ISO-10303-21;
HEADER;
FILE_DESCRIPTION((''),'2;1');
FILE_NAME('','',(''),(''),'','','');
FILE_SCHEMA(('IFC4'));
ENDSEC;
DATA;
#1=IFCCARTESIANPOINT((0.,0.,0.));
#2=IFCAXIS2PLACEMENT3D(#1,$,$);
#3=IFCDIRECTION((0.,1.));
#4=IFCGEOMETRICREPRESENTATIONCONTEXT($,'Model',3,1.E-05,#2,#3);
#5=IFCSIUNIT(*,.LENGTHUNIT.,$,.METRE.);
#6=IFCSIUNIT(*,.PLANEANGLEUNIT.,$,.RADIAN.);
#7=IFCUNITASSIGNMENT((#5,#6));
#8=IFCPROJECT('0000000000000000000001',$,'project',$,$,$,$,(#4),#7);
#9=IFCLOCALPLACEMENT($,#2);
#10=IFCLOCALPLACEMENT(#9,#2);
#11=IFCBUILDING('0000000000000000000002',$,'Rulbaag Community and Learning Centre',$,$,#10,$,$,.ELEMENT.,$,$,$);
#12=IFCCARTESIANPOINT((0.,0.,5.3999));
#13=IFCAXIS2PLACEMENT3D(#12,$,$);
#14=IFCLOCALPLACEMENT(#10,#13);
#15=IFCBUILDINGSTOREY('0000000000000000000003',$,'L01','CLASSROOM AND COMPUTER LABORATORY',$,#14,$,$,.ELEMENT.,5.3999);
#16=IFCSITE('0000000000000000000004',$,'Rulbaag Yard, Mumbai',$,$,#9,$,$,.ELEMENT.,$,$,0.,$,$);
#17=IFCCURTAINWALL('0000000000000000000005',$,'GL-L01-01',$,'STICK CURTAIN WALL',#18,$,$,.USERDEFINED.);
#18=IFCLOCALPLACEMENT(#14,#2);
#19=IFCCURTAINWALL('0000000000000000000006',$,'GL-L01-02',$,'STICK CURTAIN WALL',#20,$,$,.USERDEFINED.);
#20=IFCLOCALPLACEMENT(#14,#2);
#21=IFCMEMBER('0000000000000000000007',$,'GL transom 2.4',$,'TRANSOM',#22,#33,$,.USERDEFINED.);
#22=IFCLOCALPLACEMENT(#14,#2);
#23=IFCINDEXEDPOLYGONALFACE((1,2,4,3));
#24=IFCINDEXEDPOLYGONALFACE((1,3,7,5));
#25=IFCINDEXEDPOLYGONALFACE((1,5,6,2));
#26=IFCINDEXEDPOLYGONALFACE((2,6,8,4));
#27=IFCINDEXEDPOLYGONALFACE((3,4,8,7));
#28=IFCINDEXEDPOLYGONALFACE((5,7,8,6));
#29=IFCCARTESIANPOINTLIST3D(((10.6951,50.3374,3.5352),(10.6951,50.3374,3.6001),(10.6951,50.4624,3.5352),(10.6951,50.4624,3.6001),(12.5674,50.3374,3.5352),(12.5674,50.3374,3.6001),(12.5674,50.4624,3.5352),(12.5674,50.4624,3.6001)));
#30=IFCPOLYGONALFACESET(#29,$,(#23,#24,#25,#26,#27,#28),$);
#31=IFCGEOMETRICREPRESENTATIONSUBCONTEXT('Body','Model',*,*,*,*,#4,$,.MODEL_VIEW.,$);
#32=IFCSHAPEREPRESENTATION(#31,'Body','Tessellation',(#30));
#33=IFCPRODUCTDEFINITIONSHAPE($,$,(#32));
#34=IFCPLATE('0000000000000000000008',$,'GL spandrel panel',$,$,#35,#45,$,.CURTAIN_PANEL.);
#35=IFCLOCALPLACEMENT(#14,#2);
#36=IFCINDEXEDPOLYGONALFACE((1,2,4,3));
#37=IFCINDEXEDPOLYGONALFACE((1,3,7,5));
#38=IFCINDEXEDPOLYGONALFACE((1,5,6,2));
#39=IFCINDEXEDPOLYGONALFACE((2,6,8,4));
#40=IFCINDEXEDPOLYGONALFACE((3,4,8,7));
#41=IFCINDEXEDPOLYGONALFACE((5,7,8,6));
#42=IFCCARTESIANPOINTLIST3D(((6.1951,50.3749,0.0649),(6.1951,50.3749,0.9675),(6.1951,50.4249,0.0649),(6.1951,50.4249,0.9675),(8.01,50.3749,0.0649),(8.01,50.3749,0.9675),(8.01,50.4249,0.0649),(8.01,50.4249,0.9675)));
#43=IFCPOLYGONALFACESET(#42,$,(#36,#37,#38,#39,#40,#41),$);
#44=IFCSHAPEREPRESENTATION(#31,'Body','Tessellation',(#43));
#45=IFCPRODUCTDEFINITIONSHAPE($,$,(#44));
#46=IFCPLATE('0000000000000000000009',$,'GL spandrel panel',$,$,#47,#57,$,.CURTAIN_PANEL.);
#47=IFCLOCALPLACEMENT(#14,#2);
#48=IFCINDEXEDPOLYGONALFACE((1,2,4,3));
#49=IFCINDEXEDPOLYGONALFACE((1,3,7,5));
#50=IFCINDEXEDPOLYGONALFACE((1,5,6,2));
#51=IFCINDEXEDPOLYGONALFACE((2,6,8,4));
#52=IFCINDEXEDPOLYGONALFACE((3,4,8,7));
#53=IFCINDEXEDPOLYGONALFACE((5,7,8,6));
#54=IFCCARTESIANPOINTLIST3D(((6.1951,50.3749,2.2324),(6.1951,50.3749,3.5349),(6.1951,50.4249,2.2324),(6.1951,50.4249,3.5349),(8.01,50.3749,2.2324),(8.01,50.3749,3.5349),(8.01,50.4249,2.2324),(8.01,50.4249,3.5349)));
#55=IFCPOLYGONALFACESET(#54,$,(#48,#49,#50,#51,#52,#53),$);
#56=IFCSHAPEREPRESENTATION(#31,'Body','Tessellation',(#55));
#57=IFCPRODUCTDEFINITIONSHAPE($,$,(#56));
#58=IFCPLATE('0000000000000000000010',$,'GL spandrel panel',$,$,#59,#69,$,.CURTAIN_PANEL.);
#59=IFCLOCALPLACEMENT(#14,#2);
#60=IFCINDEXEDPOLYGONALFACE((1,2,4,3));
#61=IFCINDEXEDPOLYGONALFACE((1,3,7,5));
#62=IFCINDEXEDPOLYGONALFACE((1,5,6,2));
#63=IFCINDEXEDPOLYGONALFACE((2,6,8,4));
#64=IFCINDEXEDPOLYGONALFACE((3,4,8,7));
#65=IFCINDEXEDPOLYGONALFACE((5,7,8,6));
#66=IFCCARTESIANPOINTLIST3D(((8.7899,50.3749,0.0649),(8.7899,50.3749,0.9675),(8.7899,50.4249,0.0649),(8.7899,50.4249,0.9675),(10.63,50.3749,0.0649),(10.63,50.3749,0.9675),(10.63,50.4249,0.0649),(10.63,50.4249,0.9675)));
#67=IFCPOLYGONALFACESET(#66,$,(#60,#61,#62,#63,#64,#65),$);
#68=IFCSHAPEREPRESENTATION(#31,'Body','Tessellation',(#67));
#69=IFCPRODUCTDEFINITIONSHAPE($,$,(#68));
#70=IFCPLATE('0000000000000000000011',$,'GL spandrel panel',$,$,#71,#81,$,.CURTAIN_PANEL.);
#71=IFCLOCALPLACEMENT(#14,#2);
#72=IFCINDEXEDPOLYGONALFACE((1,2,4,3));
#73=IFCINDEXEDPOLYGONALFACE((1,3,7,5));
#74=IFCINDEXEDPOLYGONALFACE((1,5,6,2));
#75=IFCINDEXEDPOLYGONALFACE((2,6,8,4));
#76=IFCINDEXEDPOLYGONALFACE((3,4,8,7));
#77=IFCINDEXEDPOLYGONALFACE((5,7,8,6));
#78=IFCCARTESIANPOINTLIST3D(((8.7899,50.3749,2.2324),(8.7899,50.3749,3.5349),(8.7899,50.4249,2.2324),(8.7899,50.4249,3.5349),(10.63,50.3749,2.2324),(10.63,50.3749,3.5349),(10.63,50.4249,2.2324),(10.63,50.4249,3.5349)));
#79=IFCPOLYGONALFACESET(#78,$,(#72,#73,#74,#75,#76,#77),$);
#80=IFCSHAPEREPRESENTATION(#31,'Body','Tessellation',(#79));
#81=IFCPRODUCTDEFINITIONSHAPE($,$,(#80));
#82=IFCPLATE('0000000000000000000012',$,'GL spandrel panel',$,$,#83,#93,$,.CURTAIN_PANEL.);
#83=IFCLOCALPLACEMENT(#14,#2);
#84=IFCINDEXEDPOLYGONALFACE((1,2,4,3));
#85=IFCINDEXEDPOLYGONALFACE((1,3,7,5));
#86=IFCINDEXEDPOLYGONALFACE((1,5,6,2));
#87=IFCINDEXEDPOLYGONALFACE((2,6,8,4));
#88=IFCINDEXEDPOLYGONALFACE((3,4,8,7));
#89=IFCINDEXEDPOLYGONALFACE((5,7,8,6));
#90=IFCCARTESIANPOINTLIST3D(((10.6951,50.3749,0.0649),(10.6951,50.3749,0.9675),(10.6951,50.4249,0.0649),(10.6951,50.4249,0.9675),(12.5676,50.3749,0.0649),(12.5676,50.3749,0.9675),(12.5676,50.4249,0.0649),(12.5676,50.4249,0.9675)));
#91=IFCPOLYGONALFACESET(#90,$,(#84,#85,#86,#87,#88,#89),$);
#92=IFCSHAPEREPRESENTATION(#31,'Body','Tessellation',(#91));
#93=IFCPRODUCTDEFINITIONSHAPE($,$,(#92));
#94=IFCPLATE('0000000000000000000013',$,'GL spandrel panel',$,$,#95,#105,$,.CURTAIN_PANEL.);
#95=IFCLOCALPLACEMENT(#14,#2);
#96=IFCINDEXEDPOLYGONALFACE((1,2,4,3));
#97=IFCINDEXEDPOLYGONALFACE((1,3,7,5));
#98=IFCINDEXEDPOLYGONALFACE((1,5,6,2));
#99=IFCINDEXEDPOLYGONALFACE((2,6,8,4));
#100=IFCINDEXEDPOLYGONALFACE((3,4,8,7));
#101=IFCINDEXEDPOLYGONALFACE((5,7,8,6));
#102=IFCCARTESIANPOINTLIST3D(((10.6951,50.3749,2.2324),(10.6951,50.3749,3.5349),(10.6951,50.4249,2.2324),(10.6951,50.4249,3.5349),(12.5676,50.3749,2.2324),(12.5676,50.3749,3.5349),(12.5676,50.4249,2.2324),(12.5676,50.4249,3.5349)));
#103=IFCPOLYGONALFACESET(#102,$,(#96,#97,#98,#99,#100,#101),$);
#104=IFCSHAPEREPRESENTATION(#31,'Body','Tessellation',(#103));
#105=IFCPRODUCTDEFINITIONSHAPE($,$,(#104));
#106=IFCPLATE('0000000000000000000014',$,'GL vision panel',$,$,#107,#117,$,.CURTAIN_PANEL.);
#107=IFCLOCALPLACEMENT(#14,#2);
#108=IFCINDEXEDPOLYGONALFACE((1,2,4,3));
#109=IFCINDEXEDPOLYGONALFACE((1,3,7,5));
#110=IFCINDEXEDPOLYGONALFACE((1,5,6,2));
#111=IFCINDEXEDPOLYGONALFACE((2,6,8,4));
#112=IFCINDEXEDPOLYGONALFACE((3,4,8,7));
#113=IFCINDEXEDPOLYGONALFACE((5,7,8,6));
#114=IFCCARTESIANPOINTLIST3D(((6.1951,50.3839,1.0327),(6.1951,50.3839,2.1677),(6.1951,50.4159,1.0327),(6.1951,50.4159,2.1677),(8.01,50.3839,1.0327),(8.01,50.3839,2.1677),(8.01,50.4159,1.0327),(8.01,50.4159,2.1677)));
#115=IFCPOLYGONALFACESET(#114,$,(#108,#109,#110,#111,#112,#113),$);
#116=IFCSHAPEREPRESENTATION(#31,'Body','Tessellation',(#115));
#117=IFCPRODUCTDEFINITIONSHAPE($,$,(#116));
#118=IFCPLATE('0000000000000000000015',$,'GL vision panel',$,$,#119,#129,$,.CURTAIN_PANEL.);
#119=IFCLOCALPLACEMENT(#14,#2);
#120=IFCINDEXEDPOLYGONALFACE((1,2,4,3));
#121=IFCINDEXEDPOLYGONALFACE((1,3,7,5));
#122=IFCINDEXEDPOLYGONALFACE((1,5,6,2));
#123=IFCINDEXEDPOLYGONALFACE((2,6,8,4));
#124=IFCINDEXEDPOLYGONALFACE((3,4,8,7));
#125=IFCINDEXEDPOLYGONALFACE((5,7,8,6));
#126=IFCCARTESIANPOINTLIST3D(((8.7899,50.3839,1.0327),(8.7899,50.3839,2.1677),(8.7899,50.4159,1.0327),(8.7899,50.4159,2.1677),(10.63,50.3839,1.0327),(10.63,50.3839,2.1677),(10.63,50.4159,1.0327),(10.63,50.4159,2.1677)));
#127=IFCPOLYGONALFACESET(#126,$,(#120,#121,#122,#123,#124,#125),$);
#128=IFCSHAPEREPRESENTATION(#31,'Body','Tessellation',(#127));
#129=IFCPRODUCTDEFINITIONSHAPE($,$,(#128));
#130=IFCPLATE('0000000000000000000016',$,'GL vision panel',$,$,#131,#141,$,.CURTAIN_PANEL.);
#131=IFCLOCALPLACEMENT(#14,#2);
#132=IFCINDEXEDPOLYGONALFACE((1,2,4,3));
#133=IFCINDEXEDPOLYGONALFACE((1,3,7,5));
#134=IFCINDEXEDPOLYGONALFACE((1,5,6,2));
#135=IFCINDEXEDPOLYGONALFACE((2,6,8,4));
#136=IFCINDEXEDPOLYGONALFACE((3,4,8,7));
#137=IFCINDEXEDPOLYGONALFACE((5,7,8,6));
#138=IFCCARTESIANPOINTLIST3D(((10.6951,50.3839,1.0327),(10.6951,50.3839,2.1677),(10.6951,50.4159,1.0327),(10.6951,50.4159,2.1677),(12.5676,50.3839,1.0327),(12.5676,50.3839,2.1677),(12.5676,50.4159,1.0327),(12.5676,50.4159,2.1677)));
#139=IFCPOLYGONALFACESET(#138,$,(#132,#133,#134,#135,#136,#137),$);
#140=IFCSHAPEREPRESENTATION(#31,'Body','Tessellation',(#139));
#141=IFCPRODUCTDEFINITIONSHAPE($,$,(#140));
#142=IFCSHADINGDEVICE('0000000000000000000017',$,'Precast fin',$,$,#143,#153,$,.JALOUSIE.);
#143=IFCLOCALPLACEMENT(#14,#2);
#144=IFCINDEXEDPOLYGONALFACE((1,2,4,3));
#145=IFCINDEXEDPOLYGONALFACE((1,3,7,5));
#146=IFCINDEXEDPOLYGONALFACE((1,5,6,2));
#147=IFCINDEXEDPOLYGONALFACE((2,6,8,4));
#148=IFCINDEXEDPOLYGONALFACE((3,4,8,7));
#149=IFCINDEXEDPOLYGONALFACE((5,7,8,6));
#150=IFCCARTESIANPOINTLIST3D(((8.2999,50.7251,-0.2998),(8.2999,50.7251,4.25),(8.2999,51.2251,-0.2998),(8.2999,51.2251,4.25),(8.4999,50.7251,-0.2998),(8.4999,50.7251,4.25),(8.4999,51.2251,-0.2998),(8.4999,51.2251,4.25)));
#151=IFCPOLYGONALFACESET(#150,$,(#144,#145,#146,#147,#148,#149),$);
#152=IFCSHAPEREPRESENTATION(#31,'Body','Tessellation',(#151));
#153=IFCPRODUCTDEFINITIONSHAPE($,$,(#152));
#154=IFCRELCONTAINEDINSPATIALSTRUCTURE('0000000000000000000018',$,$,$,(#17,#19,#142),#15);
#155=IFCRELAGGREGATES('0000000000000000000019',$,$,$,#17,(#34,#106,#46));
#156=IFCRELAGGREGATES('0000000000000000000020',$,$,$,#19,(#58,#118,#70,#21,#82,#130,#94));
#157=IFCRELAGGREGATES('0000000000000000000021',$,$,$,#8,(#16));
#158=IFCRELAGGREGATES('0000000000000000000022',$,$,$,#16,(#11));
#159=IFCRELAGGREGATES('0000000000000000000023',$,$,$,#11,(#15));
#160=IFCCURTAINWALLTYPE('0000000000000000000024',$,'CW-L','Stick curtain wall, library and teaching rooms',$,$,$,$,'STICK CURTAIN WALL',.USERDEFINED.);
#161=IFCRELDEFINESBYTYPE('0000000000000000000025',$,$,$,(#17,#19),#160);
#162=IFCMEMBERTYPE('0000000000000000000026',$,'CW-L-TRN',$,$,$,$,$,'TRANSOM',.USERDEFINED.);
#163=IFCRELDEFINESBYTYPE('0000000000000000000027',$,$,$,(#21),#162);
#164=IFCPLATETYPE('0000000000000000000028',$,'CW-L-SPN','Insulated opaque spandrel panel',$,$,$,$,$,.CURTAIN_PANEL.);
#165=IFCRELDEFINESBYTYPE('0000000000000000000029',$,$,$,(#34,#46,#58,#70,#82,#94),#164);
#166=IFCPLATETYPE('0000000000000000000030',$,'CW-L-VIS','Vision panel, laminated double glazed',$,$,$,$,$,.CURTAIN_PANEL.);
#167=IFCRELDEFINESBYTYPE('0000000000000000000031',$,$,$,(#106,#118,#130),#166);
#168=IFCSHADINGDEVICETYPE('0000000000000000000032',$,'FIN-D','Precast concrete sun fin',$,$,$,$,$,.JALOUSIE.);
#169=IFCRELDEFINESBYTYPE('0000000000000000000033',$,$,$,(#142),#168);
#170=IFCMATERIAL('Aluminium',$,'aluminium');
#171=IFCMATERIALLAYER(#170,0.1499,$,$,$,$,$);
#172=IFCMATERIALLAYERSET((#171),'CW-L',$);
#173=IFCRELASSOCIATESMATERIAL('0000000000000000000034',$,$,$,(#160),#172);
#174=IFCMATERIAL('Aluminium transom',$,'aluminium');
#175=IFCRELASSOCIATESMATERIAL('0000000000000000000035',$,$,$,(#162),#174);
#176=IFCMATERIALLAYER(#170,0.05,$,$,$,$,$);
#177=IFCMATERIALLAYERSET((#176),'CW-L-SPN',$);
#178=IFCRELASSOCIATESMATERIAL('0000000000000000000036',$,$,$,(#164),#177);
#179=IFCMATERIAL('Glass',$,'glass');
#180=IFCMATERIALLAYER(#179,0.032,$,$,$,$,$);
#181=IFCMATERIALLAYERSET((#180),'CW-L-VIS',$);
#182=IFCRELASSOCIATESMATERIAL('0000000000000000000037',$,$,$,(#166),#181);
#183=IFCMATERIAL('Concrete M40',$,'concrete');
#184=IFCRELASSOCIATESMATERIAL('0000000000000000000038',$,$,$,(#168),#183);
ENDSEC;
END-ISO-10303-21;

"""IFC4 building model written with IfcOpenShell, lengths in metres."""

from ifc_helpers import new_model, si_unit, direction, frame, origin, origin_2d, place, context, subcontext, project, spatial, rectangle, extrude, material, layer, layer_set, material_profile, profile_set, type_object, element, aggregate, save


model = new_model("IFC4")

# Units and contexts
model_context = context("Model", 3, precision=1e-05, world=origin(), true_north=direction((0.0, 1.0)))
body_context = subcontext(model_context, "Body", "Model", "MODEL_VIEW")
ifc_project = project(units=[si_unit("LENGTHUNIT", "METRE"), si_unit("PLANEANGLEUNIT", "RADIAN")], contexts=[model_context])

# Site, building, storey
site_placement = place(None, origin())
site = spatial("IfcSite", under=ifc_project, at=site_placement, Name="Rulbaag Yard, Mumbai", CompositionType="ELEMENT", RefElevation=0.0)
building_placement = place(site_placement, origin())
building = spatial("IfcBuilding", under=site, at=building_placement, Name="Rulbaag Community and Learning Centre", CompositionType="ELEMENT")
storey_placement = place(building_placement, frame((0.0, 0.0, 5.3999)))
storey = spatial("IfcBuildingStorey", under=building, at=storey_placement, Name="L01", Description="CLASSROOM AND COMPUTER LABORATORY", CompositionType="ELEMENT", Elevation=5.3999)

# Shared definitions
ifc_material_1 = material(Name="Concrete M40", Category="concrete")

# Curtain wall
ifc_material_2 = material(Name="Aluminium", Category="aluminium")
ifc_layer_1 = layer(ifc_material_2, 0.1499)
ifc_layer_set_1 = layer_set([ifc_layer_1], Name="CW-L")
curtain_wall_type = type_object("IfcCurtainWallType", Name="CW-L", Description="Stick curtain wall, library and teaching rooms", ElementType="STICK CURTAIN WALL", PredefinedType="USERDEFINED", material=ifc_layer_set_1)
curtain_wall_1_placement = place(storey_placement, origin())
curtain_wall_1 = element("IfcCurtainWall", 1, at=curtain_wall_1_placement, inside=storey, type_object=curtain_wall_type, Name="GL-L01-01", ObjectType="STICK CURTAIN WALL", PredefinedType="USERDEFINED")

# Curtain wall
curtain_wall_2_placement = place(storey_placement, origin())
curtain_wall_2 = element("IfcCurtainWall", 2, at=curtain_wall_2_placement, inside=storey, type_object=curtain_wall_type, Name="GL-L01-02", ObjectType="STICK CURTAIN WALL", PredefinedType="USERDEFINED")

# Member
ifc_material_3 = material(Name="Aluminium transom", Category="aluminium")
ifc_material_profile_1 = material_profile(ifc_material_3, rectangle(XDim=0.125, YDim=0.0649, at=origin_2d()), Name="AL 65x125 T")
ifc_profile_set_1 = profile_set([ifc_material_profile_1], Name="Aluminium transom")
member_type_1 = type_object("IfcMemberType", Name="CW-L-TRN", ElementType="TRANSOM", PredefinedType="USERDEFINED", material=ifc_profile_set_1)
member_1_placement = place(storey_placement, frame((10.6951, 50.3999, 3.5676), z_axis=(1.0, 0.0, 0.0), x_axis=(0.0, 1.0, 0.0)))
member_1 = element("IfcMember", 3, at=member_1_placement, type_object=member_type_1, Name="GL transom 2.4", ObjectType="TRANSOM", PredefinedType="USERDEFINED", context=body_context, shape_type="SweptSolid", body=[
    extrude(rectangle(XDim=0.125, YDim=0.0649, at=origin_2d()), origin(), (0.0, 0.0, 1.0), 1.8723),
])

# Plates
ifc_layer_2 = layer(ifc_material_2, 0.05)
ifc_layer_set_2 = layer_set([ifc_layer_2], Name="CW-L-SPN")
plate_type_1 = type_object("IfcPlateType", Name="CW-L-SPN", Description="Insulated opaque spandrel panel", PredefinedType="CURTAIN_PANEL", material=ifc_layer_set_2)
plate_1_placement = place(storey_placement, frame((7.1025, 50.3999, 0.0649), z_axis=(0.0, 0.0, 1.0), x_axis=(1.0, 0.0, 0.0)))
plate_1 = element("IfcPlate", 4, at=plate_1_placement, type_object=plate_type_1, Name="GL spandrel panel", PredefinedType="CURTAIN_PANEL", context=body_context, shape_type="SweptSolid", body=[
    extrude(rectangle(XDim=1.8149, YDim=0.05, at=origin_2d()), origin(), (0.0, 0.0, 1.0), 0.9026),
])
plate_2_placement = place(storey_placement, frame((7.1025, 50.3999, 2.2324), z_axis=(0.0, 0.0, 1.0), x_axis=(1.0, 0.0, 0.0)))
plate_2 = element("IfcPlate", 5, at=plate_2_placement, type_object=plate_type_1, Name="GL spandrel panel", PredefinedType="CURTAIN_PANEL", context=body_context, shape_type="SweptSolid", body=[
    extrude(rectangle(XDim=1.8149, YDim=0.05, at=origin_2d()), origin(), (0.0, 0.0, 1.0), 1.3025),
])
plate_3_placement = place(storey_placement, frame((9.71, 50.3999, 0.0649), z_axis=(0.0, 0.0, 1.0), x_axis=(1.0, 0.0, 0.0)))
plate_3 = element("IfcPlate", 6, at=plate_3_placement, type_object=plate_type_1, Name="GL spandrel panel", PredefinedType="CURTAIN_PANEL", context=body_context, shape_type="SweptSolid", body=[
    extrude(rectangle(XDim=1.8401, YDim=0.05, at=origin_2d()), origin(), (0.0, 0.0, 1.0), 0.9026),
])
plate_4_placement = place(storey_placement, frame((9.71, 50.3999, 2.2324), z_axis=(0.0, 0.0, 1.0), x_axis=(1.0, 0.0, 0.0)))
plate_4 = element("IfcPlate", 7, at=plate_4_placement, type_object=plate_type_1, Name="GL spandrel panel", PredefinedType="CURTAIN_PANEL", context=body_context, shape_type="SweptSolid", body=[
    extrude(rectangle(XDim=1.8401, YDim=0.05, at=origin_2d()), origin(), (0.0, 0.0, 1.0), 1.3025),
])
plate_5_placement = place(storey_placement, frame((11.6313, 50.3999, 0.0649), z_axis=(0.0, 0.0, 1.0), x_axis=(1.0, 0.0, 0.0)))
plate_5 = element("IfcPlate", 8, at=plate_5_placement, type_object=plate_type_1, Name="GL spandrel panel", PredefinedType="CURTAIN_PANEL", context=body_context, shape_type="SweptSolid", body=[
    extrude(rectangle(XDim=1.8726, YDim=0.05, at=origin_2d()), origin(), (0.0, 0.0, 1.0), 0.9026),
])
plate_6_placement = place(storey_placement, frame((11.6313, 50.3999, 2.2324), z_axis=(0.0, 0.0, 1.0), x_axis=(1.0, 0.0, 0.0)))
plate_6 = element("IfcPlate", 9, at=plate_6_placement, type_object=plate_type_1, Name="GL spandrel panel", PredefinedType="CURTAIN_PANEL", context=body_context, shape_type="SweptSolid", body=[
    extrude(rectangle(XDim=1.8726, YDim=0.05, at=origin_2d()), origin(), (0.0, 0.0, 1.0), 1.3025),
])
ifc_material_4 = material(Name="Glass", Category="glass")
ifc_layer_3 = layer(ifc_material_4, 0.032)
ifc_layer_set_3 = layer_set([ifc_layer_3], Name="CW-L-VIS")
plate_type_2 = type_object("IfcPlateType", Name="CW-L-VIS", Description="Vision panel, laminated double glazed", PredefinedType="CURTAIN_PANEL", material=ifc_layer_set_3)
plate_7_placement = place(storey_placement, frame((7.1025, 50.3999, 1.0327), z_axis=(0.0, 0.0, 1.0), x_axis=(1.0, 0.0, 0.0)))
plate_7 = element("IfcPlate", 10, at=plate_7_placement, type_object=plate_type_2, Name="GL vision panel", PredefinedType="CURTAIN_PANEL", context=body_context, shape_type="SweptSolid", body=[
    extrude(rectangle(XDim=1.8149, YDim=0.032, at=origin_2d()), origin(), (0.0, 0.0, 1.0), 1.135),
])
aggregate(curtain_wall_1, [plate_1, plate_7, plate_2])
plate_8_placement = place(storey_placement, frame((9.71, 50.3999, 1.0327), z_axis=(0.0, 0.0, 1.0), x_axis=(1.0, 0.0, 0.0)))
plate_8 = element("IfcPlate", 11, at=plate_8_placement, type_object=plate_type_2, Name="GL vision panel", PredefinedType="CURTAIN_PANEL", context=body_context, shape_type="SweptSolid", body=[
    extrude(rectangle(XDim=1.8401, YDim=0.032, at=origin_2d()), origin(), (0.0, 0.0, 1.0), 1.135),
])
plate_9_placement = place(storey_placement, frame((11.6313, 50.3999, 1.0327), z_axis=(0.0, 0.0, 1.0), x_axis=(1.0, 0.0, 0.0)))
plate_9 = element("IfcPlate", 12, at=plate_9_placement, type_object=plate_type_2, Name="GL vision panel", PredefinedType="CURTAIN_PANEL", context=body_context, shape_type="SweptSolid", body=[
    extrude(rectangle(XDim=1.8726, YDim=0.032, at=origin_2d()), origin(), (0.0, 0.0, 1.0), 1.135),
])
aggregate(curtain_wall_2, [plate_3, plate_8, plate_4, member_1, plate_5, plate_9, plate_6])

# Shading device
ifc_material_profile_2 = material_profile(ifc_material_1, rectangle(XDim=0.2, YDim=0.5, at=origin_2d()), Name="PC 200x500")
ifc_profile_set_2 = profile_set([ifc_material_profile_2], Name="Concrete M40")
shading_device_type = type_object("IfcShadingDeviceType", Name="FIN-D", Description="Precast concrete sun fin", PredefinedType="JALOUSIE", material=ifc_profile_set_2)
shading_device_placement = place(storey_placement, frame((8.3999, 50.9751, -0.2998), z_axis=(0.0, 0.0, 1.0), x_axis=(1.0, 0.0, 0.0)))
element("IfcShadingDevice", 13, at=shading_device_placement, inside=storey, type_object=shading_device_type, Name="Precast fin", PredefinedType="JALOUSIE", context=body_context, shape_type="SweptSolid", body=[
    extrude(rectangle(XDim=0.2, YDim=0.5, at=origin_2d()), origin(), (0.0, 0.0, 1.0), 4.5498),
])

save(model, "model.ifc")
